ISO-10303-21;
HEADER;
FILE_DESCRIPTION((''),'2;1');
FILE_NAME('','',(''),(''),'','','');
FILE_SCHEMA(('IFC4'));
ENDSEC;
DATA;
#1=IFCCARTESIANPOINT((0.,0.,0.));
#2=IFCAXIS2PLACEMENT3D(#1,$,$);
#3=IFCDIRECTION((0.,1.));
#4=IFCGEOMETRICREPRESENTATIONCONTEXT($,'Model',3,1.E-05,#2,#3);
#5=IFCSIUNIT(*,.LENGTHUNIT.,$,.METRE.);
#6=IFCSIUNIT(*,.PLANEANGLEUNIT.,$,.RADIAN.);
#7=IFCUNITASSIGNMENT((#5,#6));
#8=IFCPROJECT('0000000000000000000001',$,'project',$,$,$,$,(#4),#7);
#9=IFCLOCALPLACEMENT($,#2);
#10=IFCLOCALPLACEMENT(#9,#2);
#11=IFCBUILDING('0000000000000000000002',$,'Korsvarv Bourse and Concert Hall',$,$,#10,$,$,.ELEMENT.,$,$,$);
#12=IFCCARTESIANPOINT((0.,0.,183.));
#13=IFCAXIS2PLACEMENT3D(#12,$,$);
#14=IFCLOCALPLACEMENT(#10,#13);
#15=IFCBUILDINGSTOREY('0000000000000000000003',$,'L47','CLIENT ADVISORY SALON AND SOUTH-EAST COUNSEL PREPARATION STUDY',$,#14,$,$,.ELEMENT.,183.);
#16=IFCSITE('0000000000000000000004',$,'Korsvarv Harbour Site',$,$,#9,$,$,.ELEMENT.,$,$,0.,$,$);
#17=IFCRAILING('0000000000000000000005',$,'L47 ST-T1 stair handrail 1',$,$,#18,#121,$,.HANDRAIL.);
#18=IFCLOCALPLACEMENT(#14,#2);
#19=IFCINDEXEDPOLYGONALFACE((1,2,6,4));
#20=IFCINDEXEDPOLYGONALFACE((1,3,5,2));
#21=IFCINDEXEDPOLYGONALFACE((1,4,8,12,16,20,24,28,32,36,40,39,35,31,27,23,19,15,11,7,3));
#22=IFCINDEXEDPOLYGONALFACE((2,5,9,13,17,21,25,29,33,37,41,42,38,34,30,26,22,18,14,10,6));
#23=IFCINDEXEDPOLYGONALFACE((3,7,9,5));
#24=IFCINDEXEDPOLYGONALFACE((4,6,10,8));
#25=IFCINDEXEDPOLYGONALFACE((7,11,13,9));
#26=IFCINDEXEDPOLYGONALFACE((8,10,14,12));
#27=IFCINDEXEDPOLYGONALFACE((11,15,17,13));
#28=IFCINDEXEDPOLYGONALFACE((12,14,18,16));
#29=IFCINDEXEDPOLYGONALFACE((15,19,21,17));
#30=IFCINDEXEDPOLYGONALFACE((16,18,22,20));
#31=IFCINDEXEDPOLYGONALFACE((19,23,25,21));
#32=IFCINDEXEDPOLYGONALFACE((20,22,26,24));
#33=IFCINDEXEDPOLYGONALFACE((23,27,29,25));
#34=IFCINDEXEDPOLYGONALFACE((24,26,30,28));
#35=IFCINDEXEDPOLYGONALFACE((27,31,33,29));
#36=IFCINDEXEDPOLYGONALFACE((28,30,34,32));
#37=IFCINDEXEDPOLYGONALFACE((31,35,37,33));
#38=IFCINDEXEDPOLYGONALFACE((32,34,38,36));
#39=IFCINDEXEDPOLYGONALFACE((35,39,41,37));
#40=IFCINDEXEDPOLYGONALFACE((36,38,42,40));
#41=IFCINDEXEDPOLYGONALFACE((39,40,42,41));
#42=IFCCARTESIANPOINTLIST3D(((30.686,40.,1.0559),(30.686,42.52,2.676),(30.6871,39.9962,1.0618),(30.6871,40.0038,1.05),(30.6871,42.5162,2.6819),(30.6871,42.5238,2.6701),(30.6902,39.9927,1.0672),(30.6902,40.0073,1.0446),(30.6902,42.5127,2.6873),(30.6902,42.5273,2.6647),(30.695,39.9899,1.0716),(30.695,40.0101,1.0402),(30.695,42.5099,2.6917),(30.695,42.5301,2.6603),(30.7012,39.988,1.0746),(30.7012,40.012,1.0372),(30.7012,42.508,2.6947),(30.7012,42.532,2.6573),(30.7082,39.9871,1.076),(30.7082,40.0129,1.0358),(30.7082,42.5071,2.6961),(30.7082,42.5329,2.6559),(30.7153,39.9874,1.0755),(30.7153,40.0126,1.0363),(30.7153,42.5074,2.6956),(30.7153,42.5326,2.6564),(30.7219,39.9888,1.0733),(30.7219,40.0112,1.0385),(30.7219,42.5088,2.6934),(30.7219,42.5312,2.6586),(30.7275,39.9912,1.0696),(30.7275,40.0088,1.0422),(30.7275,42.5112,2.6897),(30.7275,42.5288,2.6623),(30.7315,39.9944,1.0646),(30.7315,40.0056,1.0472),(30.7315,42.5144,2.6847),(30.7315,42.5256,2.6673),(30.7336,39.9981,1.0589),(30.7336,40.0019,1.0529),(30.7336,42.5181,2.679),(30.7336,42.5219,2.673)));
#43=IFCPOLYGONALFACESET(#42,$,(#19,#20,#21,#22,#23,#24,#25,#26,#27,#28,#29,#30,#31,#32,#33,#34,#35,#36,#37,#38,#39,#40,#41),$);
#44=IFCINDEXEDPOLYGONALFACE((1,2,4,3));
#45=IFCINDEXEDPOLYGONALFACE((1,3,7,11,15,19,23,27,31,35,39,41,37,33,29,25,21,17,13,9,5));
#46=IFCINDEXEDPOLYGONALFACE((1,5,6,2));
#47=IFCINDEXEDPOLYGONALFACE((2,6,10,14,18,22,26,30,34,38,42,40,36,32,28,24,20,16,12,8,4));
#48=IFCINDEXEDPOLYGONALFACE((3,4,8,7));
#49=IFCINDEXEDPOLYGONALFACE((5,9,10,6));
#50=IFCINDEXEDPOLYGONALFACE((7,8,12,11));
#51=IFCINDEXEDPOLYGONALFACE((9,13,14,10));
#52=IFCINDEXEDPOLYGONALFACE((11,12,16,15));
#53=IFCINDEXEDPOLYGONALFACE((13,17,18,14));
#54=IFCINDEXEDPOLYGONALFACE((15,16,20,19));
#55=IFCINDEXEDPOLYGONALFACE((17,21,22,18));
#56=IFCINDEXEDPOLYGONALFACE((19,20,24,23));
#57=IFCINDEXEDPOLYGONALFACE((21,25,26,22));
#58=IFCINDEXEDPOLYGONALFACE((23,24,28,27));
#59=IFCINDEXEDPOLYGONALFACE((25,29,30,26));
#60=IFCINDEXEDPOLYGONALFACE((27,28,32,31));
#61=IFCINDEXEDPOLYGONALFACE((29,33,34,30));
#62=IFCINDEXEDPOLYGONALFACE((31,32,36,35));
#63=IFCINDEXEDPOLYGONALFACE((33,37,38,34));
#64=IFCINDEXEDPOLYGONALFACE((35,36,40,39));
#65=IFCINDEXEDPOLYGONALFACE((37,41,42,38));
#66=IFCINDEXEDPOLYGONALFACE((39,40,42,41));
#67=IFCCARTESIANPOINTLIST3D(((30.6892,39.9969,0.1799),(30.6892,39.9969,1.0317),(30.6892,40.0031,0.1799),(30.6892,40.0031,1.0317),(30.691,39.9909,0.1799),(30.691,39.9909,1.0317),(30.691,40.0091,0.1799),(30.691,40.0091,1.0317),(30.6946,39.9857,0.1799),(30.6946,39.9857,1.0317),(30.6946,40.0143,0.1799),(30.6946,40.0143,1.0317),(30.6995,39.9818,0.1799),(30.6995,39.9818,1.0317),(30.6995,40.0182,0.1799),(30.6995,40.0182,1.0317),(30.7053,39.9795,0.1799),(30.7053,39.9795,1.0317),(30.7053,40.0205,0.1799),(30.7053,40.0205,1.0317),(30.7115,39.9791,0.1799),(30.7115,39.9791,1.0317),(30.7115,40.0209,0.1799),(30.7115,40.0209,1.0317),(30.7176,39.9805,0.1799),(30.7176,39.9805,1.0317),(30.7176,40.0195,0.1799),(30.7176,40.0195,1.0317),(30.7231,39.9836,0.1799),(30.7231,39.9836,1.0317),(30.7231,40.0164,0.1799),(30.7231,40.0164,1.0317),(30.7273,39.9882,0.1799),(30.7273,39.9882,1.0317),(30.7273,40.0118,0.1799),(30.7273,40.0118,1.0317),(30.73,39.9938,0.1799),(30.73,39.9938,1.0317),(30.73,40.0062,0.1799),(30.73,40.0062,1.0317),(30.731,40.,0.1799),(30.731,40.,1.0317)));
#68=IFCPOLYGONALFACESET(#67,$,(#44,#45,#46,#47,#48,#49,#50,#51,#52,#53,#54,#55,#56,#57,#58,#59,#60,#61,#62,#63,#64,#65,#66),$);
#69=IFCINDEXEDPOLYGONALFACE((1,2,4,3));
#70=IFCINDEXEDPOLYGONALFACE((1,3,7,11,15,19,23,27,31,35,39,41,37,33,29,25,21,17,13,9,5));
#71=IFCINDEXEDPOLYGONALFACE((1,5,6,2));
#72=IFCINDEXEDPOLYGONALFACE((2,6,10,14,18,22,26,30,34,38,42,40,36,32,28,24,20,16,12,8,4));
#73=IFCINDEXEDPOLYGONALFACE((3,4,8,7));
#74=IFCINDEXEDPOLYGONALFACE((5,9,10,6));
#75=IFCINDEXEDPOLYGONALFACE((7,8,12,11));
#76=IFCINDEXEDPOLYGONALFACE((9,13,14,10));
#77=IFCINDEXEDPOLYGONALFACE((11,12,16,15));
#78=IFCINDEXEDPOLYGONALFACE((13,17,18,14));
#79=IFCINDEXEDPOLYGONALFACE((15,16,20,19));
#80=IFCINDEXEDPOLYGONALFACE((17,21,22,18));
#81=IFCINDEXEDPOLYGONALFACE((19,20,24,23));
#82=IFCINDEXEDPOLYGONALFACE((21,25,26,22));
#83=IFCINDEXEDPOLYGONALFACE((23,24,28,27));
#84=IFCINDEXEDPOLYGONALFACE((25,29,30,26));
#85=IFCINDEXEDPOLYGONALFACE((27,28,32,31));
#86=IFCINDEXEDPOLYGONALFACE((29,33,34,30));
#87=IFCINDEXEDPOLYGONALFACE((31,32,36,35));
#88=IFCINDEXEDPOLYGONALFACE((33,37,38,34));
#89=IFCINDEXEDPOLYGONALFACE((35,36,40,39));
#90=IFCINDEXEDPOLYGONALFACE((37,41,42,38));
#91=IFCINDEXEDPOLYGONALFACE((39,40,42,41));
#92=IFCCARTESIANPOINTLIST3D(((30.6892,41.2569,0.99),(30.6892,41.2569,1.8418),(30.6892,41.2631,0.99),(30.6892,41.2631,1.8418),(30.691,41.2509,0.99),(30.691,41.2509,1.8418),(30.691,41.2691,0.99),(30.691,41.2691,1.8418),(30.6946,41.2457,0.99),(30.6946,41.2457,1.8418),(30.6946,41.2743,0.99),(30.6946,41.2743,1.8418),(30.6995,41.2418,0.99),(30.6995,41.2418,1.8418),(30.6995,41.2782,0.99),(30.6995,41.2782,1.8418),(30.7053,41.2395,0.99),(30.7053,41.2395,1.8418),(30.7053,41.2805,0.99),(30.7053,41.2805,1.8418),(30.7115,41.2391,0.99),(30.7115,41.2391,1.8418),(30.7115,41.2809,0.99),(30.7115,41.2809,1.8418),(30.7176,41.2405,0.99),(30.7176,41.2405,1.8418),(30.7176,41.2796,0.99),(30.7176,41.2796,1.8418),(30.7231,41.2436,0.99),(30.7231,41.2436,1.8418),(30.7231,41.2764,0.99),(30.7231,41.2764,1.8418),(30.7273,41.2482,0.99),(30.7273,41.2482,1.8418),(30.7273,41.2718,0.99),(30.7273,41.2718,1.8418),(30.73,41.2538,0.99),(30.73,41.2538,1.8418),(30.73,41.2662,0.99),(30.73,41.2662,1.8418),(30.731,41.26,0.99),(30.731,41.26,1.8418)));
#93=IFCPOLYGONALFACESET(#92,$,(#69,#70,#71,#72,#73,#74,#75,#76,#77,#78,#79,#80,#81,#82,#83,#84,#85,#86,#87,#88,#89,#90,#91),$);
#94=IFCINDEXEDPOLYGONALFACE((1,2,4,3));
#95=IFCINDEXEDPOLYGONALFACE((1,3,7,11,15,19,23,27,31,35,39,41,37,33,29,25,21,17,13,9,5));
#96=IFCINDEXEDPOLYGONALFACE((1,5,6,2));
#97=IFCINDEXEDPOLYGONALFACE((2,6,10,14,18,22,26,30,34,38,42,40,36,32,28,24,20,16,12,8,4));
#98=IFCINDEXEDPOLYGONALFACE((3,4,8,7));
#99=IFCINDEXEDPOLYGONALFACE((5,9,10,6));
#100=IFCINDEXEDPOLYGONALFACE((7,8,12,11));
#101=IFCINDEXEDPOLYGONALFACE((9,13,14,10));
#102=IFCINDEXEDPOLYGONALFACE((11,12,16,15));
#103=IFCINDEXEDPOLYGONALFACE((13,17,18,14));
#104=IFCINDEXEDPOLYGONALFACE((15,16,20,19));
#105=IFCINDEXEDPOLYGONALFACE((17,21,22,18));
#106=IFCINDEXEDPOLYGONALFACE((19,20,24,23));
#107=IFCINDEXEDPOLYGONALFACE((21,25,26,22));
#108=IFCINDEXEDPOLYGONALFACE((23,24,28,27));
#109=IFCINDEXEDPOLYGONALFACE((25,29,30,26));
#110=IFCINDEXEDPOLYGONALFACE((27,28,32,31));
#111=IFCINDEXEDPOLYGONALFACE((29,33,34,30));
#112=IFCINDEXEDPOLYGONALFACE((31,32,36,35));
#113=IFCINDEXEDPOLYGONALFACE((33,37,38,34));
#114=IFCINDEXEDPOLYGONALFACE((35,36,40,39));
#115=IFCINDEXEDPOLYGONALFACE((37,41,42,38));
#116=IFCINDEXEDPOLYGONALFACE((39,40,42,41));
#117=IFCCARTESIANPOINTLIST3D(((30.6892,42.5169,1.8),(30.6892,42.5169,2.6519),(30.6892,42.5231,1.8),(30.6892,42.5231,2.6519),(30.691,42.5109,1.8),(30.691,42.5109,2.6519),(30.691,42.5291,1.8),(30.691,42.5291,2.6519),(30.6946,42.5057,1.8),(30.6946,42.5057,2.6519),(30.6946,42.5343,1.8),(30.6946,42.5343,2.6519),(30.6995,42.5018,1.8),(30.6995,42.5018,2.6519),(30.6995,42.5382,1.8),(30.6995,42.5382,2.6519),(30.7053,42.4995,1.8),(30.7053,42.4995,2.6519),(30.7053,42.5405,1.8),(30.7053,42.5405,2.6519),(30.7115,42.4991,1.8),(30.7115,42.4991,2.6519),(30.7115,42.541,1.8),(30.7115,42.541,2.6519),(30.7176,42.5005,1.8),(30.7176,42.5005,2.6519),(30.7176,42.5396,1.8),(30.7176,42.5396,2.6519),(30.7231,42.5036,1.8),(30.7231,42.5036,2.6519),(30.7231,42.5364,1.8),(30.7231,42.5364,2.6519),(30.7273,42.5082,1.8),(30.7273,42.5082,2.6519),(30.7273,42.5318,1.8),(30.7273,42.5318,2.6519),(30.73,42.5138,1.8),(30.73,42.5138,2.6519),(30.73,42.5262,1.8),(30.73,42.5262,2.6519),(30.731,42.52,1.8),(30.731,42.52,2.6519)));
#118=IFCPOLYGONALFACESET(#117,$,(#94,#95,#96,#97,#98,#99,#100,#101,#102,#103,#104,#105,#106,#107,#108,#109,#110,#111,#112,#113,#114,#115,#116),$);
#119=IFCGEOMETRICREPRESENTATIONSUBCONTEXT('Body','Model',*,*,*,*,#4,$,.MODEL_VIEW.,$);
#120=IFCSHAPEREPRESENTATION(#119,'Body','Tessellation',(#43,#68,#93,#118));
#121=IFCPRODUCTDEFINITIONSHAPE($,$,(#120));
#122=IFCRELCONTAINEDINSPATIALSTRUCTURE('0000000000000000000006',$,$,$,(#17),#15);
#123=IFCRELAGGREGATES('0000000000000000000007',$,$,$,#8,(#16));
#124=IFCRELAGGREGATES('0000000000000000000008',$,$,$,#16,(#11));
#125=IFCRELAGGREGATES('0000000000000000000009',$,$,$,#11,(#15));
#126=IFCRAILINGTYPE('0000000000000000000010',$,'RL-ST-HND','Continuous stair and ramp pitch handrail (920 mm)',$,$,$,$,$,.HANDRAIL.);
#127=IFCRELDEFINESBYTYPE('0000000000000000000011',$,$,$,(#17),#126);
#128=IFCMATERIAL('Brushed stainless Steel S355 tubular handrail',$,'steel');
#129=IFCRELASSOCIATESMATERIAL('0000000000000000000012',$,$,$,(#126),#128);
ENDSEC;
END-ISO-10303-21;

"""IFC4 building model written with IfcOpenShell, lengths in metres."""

from ifc_helpers import new_model, si_unit, direction, frame, origin, origin_2d, place, context, subcontext, project, spatial, circle, extrude, material, type_object, element, save


model = new_model("IFC4")

# Units and contexts
model_context = context("Model", 3, precision=1e-05, world=origin(), true_north=direction((0.0, 1.0)))
body_context = subcontext(model_context, "Body", "Model", "MODEL_VIEW")
ifc_project = project(units=[si_unit("LENGTHUNIT", "METRE"), si_unit("PLANEANGLEUNIT", "RADIAN")], contexts=[model_context])

# Site, building, storey
site_placement = place(None, origin())
site = spatial("IfcSite", under=ifc_project, at=site_placement, Name="Korsvarv Harbour Site", CompositionType="ELEMENT", RefElevation=0.0)
building_placement = place(site_placement, origin())
building = spatial("IfcBuilding", under=site, at=building_placement, Name="Korsvarv Bourse and Concert Hall", CompositionType="ELEMENT")
storey_placement = place(building_placement, frame((0.0, 0.0, 183.0)))
storey = spatial("IfcBuildingStorey", under=building, at=storey_placement, Name="L47", Description="CLIENT ADVISORY SALON AND SOUTH-EAST COUNSEL PREPARATION STUDY", CompositionType="ELEMENT", Elevation=183.0)

# Railing
ifc_material_1 = material(Name="Brushed stainless Steel S355 tubular handrail", Category="steel")
railing_type_1 = type_object("IfcRailingType", Name="RL-ST-HND", Description="Continuous stair and ramp pitch handrail (920 mm)", PredefinedType="HANDRAIL", material=ifc_material_1)
railing_1_placement = place(storey_placement, frame((30.71, 40.0, 0.1799)))
element("IfcRailing", 1, at=railing_1_placement, inside=storey, type_object=railing_type_1, Name="L47 ST-T1 stair handrail 1", PredefinedType="HANDRAIL", context=body_context, shape_type="SweptSolid", body=[
    extrude(circle(Radius=0.0239, at=origin_2d()), frame((0.0, 0.0, 0.876), z_axis=(0.0, 0.841163, 0.540782), x_axis=(-1.0, 0.0, 0.0)), (0.0, 0.0, 1.0), 2.9958),
    extrude(circle(Radius=0.021, at=origin_2d()), origin(), (0.0, 0.0, 1.0), 0.8518),
    extrude(circle(Radius=0.021, at=origin_2d()), frame((0.0, 1.26, 0.8101)), (0.0, 0.0, 1.0), 0.8518),
    extrude(circle(Radius=0.021, at=origin_2d()), frame((0.0, 2.52, 1.6201)), (0.0, 0.0, 1.0), 0.8518),
])

save(model, "model.ifc")
